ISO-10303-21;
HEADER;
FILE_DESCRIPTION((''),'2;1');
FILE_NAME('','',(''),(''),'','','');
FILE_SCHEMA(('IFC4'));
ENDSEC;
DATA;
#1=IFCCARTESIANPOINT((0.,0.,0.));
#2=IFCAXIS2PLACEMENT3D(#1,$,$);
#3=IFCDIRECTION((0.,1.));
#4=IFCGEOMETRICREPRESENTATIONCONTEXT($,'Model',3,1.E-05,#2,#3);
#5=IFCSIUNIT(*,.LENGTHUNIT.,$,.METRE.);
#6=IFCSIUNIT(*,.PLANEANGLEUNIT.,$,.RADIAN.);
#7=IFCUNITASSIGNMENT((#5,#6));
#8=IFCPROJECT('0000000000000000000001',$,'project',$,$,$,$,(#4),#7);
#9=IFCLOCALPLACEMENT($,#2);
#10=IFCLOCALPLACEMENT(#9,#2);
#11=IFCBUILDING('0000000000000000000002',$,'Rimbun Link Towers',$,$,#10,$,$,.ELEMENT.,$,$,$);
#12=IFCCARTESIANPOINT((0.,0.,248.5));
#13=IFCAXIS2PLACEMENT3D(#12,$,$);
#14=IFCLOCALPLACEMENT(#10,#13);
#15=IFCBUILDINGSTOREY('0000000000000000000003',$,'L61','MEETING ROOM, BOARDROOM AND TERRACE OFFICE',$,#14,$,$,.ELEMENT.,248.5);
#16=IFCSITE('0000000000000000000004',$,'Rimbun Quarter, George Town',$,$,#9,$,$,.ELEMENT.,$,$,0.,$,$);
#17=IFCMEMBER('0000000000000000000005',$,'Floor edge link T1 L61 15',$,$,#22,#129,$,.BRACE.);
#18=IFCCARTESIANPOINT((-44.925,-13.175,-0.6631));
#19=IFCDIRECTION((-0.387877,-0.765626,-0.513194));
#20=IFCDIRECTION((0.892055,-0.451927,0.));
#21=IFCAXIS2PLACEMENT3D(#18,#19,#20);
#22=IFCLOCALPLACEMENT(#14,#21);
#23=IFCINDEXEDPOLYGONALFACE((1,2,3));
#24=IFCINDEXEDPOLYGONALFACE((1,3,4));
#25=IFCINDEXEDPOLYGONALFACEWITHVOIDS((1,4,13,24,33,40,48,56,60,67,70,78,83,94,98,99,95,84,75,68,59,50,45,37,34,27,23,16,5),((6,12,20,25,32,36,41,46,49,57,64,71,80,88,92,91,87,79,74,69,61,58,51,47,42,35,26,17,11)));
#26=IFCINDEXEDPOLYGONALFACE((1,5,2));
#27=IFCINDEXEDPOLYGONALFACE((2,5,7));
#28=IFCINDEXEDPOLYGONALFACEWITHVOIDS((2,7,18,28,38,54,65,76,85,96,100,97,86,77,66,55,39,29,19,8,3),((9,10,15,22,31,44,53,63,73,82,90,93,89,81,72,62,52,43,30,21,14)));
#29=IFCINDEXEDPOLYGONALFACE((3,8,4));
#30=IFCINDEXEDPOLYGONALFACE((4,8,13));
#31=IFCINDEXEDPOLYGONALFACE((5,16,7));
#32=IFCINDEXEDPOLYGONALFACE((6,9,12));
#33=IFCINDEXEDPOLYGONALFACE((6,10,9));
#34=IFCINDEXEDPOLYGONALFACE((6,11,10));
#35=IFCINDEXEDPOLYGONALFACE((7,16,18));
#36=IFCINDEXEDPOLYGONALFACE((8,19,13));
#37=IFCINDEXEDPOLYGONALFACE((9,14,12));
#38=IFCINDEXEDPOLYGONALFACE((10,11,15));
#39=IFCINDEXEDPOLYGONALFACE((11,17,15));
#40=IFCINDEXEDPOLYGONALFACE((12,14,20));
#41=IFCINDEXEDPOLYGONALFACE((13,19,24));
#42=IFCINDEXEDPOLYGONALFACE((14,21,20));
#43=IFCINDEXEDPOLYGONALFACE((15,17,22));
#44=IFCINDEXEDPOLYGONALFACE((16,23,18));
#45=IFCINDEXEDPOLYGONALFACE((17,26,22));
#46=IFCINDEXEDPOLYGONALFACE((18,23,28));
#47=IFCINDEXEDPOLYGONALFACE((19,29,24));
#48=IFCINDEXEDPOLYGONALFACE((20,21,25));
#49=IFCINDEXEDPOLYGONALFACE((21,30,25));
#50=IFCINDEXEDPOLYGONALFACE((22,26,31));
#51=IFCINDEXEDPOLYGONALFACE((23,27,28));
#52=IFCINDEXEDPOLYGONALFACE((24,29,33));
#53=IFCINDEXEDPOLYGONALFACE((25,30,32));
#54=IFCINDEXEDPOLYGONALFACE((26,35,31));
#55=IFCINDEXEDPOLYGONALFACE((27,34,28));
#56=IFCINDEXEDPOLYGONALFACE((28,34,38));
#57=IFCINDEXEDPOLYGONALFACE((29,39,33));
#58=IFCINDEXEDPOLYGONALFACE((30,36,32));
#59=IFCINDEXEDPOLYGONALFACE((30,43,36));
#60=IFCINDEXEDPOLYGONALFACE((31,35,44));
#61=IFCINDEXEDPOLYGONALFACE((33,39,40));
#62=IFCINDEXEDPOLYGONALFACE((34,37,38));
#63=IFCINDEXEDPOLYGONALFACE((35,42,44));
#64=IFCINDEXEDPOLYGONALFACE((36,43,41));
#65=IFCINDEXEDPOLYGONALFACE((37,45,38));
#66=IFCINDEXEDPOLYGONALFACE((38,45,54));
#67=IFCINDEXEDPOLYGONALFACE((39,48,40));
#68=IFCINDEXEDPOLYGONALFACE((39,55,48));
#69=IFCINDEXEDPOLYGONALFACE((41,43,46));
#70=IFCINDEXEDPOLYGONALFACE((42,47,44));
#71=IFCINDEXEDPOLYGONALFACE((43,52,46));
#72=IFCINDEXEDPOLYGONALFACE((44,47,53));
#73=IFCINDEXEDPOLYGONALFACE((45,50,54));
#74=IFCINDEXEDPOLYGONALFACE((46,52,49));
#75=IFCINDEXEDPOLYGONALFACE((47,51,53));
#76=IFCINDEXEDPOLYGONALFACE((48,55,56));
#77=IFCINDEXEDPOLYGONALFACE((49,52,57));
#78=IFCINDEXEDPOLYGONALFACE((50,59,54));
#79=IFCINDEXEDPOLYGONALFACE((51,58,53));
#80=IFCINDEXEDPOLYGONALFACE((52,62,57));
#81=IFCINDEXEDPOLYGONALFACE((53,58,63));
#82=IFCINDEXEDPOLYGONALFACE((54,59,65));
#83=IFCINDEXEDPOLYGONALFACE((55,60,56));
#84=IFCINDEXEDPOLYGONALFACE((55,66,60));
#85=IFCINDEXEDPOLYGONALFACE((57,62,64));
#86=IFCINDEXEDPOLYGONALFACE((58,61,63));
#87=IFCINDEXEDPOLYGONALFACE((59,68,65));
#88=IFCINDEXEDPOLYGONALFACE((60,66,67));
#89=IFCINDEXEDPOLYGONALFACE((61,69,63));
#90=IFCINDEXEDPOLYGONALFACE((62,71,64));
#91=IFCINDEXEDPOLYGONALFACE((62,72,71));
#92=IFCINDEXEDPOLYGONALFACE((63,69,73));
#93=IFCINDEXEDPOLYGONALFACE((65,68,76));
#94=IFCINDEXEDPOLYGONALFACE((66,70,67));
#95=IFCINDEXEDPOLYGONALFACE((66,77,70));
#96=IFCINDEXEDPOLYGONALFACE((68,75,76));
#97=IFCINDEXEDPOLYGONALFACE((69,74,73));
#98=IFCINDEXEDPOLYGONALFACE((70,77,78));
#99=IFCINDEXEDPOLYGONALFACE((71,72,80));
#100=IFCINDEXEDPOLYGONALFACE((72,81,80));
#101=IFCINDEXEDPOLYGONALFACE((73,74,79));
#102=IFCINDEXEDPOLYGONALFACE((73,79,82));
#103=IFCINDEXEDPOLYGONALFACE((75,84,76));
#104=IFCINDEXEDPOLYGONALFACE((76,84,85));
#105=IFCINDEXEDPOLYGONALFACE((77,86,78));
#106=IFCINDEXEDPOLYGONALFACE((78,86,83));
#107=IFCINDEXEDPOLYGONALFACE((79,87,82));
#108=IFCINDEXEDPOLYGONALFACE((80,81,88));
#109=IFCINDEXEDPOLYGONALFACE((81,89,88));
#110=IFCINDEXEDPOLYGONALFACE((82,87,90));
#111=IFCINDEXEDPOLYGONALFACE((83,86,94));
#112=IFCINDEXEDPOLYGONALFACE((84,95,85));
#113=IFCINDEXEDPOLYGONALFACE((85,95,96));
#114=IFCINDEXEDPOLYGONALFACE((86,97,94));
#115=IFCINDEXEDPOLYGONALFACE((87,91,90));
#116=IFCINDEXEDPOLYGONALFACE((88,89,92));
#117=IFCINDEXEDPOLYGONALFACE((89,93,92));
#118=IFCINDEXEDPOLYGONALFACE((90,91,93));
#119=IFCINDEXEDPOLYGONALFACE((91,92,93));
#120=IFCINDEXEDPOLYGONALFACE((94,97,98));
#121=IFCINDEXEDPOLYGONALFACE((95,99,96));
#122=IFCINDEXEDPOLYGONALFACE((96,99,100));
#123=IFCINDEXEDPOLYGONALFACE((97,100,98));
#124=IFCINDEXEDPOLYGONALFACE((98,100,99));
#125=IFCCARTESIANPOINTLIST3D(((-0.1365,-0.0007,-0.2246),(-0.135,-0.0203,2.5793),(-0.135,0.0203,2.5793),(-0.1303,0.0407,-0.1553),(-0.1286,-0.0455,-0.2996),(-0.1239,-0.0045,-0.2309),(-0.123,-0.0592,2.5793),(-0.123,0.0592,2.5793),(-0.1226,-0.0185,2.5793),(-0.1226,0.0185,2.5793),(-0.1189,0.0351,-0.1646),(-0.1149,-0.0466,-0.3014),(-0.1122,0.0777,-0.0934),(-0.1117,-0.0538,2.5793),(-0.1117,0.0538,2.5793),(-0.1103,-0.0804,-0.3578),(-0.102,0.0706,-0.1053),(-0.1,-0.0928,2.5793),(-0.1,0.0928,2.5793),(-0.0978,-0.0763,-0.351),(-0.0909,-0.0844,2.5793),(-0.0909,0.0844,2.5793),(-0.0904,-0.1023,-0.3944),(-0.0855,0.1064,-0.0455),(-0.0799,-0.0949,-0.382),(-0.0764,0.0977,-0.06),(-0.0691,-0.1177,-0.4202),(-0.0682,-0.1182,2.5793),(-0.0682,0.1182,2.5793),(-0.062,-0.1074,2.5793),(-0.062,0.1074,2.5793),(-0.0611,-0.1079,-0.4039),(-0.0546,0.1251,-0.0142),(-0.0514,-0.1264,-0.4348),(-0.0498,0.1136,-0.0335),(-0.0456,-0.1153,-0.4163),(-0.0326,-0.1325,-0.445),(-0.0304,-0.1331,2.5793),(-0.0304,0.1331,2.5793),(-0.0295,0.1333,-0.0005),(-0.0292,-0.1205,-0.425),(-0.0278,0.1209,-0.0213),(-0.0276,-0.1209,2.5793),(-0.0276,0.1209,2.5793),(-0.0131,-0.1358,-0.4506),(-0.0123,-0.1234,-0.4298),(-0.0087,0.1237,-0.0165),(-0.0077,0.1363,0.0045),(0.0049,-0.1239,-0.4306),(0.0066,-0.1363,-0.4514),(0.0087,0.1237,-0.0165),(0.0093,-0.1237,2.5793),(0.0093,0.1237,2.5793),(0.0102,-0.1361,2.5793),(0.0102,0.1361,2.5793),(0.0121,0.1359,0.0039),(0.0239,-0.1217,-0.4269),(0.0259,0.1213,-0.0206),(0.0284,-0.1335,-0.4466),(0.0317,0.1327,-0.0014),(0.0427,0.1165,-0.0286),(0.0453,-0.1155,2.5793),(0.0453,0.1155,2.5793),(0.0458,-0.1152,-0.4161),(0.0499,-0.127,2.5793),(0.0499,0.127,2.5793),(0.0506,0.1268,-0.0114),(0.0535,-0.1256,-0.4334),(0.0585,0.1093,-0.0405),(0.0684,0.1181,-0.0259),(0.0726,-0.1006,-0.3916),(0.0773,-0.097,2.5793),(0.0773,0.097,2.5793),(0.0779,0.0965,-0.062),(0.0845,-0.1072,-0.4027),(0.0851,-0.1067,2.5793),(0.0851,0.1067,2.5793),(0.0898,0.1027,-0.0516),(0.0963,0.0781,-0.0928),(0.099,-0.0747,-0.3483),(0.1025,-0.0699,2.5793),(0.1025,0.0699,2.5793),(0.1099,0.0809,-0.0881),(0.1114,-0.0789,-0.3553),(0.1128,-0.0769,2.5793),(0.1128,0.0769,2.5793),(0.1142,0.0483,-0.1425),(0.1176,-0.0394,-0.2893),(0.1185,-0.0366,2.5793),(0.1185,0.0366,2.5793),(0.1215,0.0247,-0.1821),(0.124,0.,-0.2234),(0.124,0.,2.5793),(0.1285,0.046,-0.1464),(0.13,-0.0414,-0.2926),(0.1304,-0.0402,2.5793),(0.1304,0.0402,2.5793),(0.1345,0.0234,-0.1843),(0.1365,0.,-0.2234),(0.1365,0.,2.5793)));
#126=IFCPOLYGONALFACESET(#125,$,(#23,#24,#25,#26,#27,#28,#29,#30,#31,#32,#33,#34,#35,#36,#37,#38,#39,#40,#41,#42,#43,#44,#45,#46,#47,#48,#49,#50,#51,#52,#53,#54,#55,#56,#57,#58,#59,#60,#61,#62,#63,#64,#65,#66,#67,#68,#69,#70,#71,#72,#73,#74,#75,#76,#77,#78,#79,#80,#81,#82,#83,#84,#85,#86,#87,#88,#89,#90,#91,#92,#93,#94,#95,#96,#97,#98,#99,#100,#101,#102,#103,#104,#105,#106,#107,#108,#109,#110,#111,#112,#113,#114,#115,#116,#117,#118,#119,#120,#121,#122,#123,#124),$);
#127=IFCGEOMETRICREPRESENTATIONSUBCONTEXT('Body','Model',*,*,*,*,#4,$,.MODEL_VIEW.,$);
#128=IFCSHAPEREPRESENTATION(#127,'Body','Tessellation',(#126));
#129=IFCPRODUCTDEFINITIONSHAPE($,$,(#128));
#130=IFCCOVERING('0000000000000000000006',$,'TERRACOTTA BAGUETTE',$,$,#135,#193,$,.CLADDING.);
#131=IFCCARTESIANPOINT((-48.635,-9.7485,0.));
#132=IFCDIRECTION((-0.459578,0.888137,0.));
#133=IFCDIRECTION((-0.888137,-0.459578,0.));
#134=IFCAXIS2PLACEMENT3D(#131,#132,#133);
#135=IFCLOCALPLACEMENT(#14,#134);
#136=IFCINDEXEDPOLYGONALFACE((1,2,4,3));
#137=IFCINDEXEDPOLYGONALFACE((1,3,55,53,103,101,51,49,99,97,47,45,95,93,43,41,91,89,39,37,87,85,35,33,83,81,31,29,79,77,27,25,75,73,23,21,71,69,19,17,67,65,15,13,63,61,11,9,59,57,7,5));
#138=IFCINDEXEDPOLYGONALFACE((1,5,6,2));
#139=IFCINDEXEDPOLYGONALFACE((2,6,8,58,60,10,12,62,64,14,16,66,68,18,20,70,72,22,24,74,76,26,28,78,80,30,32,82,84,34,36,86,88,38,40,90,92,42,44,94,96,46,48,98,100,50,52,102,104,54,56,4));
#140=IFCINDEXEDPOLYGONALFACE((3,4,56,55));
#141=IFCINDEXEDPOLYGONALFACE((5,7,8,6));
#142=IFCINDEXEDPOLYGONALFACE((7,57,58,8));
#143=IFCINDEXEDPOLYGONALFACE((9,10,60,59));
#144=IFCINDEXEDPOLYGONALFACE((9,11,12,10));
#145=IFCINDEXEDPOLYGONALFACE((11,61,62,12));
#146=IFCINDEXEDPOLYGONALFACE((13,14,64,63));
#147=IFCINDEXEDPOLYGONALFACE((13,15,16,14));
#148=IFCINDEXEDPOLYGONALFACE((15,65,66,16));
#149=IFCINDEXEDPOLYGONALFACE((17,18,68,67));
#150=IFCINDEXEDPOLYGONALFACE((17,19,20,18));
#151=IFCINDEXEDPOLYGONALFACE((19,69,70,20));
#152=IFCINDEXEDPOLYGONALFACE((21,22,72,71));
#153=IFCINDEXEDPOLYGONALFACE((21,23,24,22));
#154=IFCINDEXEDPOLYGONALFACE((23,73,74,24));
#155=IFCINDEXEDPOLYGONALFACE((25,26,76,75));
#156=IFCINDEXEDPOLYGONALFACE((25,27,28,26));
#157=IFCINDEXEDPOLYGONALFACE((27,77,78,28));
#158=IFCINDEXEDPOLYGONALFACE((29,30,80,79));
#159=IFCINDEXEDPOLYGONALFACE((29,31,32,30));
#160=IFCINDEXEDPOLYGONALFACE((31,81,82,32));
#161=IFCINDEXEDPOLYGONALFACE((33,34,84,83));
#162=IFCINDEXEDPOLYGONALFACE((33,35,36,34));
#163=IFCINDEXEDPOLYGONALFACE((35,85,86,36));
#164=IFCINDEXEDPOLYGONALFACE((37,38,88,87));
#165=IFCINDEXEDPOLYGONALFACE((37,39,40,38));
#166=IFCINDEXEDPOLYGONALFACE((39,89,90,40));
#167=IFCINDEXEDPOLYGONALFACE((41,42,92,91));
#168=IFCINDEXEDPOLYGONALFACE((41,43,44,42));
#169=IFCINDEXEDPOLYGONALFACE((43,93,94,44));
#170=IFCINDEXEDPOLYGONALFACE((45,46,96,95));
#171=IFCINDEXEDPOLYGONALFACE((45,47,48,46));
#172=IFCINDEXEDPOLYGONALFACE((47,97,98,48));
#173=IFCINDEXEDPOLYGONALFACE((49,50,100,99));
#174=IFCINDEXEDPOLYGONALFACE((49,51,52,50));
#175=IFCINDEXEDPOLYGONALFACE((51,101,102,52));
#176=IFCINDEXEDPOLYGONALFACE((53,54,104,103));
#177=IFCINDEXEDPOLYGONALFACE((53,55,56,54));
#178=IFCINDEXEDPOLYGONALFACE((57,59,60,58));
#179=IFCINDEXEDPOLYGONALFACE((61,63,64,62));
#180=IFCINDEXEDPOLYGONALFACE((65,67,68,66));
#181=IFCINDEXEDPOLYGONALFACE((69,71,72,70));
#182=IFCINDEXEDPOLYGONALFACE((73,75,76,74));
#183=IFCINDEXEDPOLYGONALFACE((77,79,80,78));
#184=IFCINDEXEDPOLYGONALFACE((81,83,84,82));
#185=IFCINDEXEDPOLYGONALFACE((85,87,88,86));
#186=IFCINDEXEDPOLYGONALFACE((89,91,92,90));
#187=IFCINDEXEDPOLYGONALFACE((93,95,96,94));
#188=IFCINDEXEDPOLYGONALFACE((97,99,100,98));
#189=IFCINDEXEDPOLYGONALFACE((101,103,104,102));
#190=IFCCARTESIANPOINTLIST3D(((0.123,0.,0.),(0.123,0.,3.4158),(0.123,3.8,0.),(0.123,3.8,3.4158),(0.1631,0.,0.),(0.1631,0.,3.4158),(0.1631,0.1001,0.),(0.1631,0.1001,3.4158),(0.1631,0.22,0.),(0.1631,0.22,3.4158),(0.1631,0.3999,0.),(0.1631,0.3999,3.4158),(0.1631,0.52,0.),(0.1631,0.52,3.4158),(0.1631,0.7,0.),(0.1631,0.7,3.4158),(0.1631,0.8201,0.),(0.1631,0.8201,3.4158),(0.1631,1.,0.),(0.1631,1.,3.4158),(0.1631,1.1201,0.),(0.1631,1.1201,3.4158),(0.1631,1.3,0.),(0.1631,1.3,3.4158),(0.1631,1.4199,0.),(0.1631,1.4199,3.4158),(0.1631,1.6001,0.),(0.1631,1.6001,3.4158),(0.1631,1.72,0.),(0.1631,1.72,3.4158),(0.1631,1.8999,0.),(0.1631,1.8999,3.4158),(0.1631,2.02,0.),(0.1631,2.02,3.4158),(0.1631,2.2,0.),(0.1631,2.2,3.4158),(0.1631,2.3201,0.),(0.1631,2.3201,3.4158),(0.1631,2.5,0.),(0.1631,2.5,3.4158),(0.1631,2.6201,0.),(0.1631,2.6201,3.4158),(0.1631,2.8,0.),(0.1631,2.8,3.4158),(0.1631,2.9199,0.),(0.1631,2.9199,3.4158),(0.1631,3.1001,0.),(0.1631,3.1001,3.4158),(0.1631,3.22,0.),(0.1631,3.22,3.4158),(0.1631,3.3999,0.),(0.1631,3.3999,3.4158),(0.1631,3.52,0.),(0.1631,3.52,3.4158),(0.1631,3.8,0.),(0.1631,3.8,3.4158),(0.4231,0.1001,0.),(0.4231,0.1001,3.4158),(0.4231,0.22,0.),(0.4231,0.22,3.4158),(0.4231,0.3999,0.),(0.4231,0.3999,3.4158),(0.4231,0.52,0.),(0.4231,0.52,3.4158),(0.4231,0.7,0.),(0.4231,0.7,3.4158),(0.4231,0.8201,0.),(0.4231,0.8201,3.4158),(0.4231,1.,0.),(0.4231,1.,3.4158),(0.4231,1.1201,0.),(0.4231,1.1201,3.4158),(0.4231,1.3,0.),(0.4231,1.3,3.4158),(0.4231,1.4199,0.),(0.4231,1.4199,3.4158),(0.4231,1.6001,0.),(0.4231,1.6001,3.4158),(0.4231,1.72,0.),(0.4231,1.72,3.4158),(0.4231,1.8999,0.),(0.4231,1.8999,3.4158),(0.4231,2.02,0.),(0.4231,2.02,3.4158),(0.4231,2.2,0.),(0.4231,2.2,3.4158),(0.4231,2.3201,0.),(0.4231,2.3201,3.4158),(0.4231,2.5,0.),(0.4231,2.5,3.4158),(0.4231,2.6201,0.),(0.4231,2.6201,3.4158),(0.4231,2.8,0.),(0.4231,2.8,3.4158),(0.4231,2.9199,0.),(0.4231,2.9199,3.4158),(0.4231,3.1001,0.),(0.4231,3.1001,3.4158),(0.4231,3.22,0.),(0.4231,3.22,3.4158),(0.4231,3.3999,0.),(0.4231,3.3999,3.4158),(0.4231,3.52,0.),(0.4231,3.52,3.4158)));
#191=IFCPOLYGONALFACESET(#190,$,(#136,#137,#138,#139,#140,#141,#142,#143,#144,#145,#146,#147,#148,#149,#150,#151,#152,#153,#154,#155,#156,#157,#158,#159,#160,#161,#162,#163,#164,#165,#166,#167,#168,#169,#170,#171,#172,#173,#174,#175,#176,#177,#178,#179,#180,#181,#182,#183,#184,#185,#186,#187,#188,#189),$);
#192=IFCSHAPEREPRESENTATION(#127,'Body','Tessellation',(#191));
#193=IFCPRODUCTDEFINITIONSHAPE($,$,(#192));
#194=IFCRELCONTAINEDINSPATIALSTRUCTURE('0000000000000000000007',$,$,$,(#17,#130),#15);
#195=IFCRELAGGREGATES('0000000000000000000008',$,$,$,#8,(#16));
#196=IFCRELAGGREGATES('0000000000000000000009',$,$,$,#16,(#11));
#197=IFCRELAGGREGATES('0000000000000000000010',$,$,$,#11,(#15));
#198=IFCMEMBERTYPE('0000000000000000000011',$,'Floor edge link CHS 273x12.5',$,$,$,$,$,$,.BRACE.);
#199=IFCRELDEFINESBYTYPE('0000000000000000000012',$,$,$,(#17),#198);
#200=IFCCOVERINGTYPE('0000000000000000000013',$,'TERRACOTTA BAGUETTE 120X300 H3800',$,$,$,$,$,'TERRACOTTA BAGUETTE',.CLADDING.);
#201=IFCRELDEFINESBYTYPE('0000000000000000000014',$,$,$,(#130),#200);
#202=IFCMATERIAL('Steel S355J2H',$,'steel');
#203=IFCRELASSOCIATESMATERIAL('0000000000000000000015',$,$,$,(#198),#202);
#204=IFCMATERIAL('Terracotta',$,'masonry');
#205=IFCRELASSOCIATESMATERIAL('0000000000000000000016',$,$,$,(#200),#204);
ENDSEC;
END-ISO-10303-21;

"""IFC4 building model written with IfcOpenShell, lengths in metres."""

from ifc_helpers import new_model, si_unit, direction, frame, origin, origin_2d, place, context, subcontext, project, spatial, polyline, hollow_circle, outline, extrude, clip, halfspace, material, material_profile, profile_set, type_object, element, save


model = new_model("IFC4")

# Units and contexts
model_context = context("Model", 3, precision=1e-05, world=origin(), true_north=direction((0.0, 1.0)))
body_context = subcontext(model_context, "Body", "Model", "MODEL_VIEW")
ifc_project = project(units=[si_unit("LENGTHUNIT", "METRE"), si_unit("PLANEANGLEUNIT", "RADIAN")], contexts=[model_context])

# Site, building, storey
site_placement = place(None, origin())
site = spatial("IfcSite", under=ifc_project, at=site_placement, Name="Rimbun Quarter, George Town", CompositionType="ELEMENT", RefElevation=0.0)
building_placement = place(site_placement, origin())
building = spatial("IfcBuilding", under=site, at=building_placement, Name="Rimbun Link Towers", CompositionType="ELEMENT")
storey_placement = place(building_placement, frame((0.0, 0.0, 248.5)))
storey = spatial("IfcBuildingStorey", under=building, at=storey_placement, Name="L61", Description="MEETING ROOM, BOARDROOM AND TERRACE OFFICE", CompositionType="ELEMENT", Elevation=248.5)

# Member
ifc_material_1 = material(Name="Steel S355J2H", Category="steel")
ifc_material_profile_1 = material_profile(ifc_material_1, hollow_circle(Radius=0.1365, WallThickness=0.0125, at=origin_2d()), Name="CHS 273x12.5")
ifc_profile_set_1 = profile_set([ifc_material_profile_1], Name="Steel S355J2H")
member_type_1 = type_object("IfcMemberType", Name="Floor edge link CHS 273x12.5", PredefinedType="BRACE", material=ifc_profile_set_1)
member_1_placement = place(storey_placement, frame((-44.925, -13.175, -0.6631), z_axis=(-0.387877, -0.765626, -0.513194), x_axis=(0.892055, -0.451927, 0.0)))
element("IfcMember", 1, at=member_1_placement, inside=storey, type_object=member_type_1, Name="Floor edge link T1 L61 15", PredefinedType="BRACE", context=body_context, shape_type="Clipping", body=[
    clip(extrude(hollow_circle(Radius=0.1365, WallThickness=0.0125, at=origin_2d()), frame((0.0, 0.0, -0.4761)), (0.0, 0.0, 1.0), 3.0554), halfspace(frame((0.0, 0.0, -0.2234), z_axis=(0.0, 0.858273, -0.513194)), False)),
])

# Covering
ifc_material_2 = material(Name="Terracotta", Category="masonry")
ifc_material_profile_2 = material_profile(ifc_material_2, outline(polyline([(0.123, 0.0), (0.1631, 0.0), (0.1631, 0.1001), (0.4231, 0.1001), (0.4231, 0.22), (0.1631, 0.22), (0.1631, 0.3999), (0.4231, 0.3999), (0.4231, 0.52), (0.1631, 0.52), (0.1631, 0.7), (0.4231, 0.7), (0.4231, 0.8201), (0.1631, 0.8201), (0.1631, 1.0), (0.4231, 1.0), (0.4231, 1.1201), (0.1631, 1.1201), (0.1631, 1.3), (0.4231, 1.3), (0.4231, 1.4199), (0.1631, 1.4199), (0.1631, 1.6001), (0.4231, 1.6001), (0.4231, 1.72), (0.1631, 1.72), (0.1631, 1.8999), (0.4231, 1.8999), (0.4231, 2.02), (0.1631, 2.02), (0.1631, 2.2), (0.4231, 2.2), (0.4231, 2.3201), (0.1631, 2.3201), (0.1631, 2.5), (0.4231, 2.5), (0.4231, 2.6201), (0.1631, 2.6201), (0.1631, 2.8), (0.4231, 2.8), (0.4231, 2.9199), (0.1631, 2.9199), (0.1631, 3.1001), (0.4231, 3.1001), (0.4231, 3.22), (0.1631, 3.22), (0.1631, 3.3999), (0.4231, 3.3999), (0.4231, 3.52), (0.1631, 3.52), (0.1631, 3.8), (0.123, 3.8), (0.123, 0.0)])), Name="BAGUETTE 120X300")
ifc_profile_set_2 = profile_set([ifc_material_profile_2], Name="Terracotta")
covering_type = type_object("IfcCoveringType", Name="TERRACOTTA BAGUETTE 120X300 H3800", ElementType="TERRACOTTA BAGUETTE", PredefinedType="CLADDING", material=ifc_profile_set_2)
covering_1_placement = place(storey_placement, frame((-48.635, -9.7485, 0.0), z_axis=(-0.459578, 0.888137, 0.0), x_axis=(-0.888137, -0.459578, 0.0)))
element("IfcCovering", 2, at=covering_1_placement, inside=storey, type_object=covering_type, Name="TERRACOTTA BAGUETTE", PredefinedType="CLADDING", context=body_context, shape_type="SweptSolid", body=[
    extrude(outline(polyline([(0.123, 0.0), (0.1631, 0.0), (0.1631, 0.1001), (0.4231, 0.1001), (0.4231, 0.22), (0.1631, 0.22), (0.1631, 0.3999), (0.4231, 0.3999), (0.4231, 0.52), (0.1631, 0.52), (0.1631, 0.7), (0.4231, 0.7), (0.4231, 0.8201), (0.1631, 0.8201), (0.1631, 1.0), (0.4231, 1.0), (0.4231, 1.1201), (0.1631, 1.1201), (0.1631, 1.3), (0.4231, 1.3), (0.4231, 1.4199), (0.1631, 1.4199), (0.1631, 1.6001), (0.4231, 1.6001), (0.4231, 1.72), (0.1631, 1.72), (0.1631, 1.8999), (0.4231, 1.8999), (0.4231, 2.02), (0.1631, 2.02), (0.1631, 2.2), (0.4231, 2.2), (0.4231, 2.3201), (0.1631, 2.3201), (0.1631, 2.5), (0.4231, 2.5), (0.4231, 2.6201), (0.1631, 2.6201), (0.1631, 2.8), (0.4231, 2.8), (0.4231, 2.9199), (0.1631, 2.9199), (0.1631, 3.1001), (0.4231, 3.1001), (0.4231, 3.22), (0.1631, 3.22), (0.1631, 3.3999), (0.4231, 3.3999), (0.4231, 3.52), (0.1631, 3.52), (0.1631, 3.8), (0.123, 3.8), (0.123, 0.0)])), origin(), (0.0, 0.0, 1.0), 3.4158),
])

save(model, "model.ifc")
